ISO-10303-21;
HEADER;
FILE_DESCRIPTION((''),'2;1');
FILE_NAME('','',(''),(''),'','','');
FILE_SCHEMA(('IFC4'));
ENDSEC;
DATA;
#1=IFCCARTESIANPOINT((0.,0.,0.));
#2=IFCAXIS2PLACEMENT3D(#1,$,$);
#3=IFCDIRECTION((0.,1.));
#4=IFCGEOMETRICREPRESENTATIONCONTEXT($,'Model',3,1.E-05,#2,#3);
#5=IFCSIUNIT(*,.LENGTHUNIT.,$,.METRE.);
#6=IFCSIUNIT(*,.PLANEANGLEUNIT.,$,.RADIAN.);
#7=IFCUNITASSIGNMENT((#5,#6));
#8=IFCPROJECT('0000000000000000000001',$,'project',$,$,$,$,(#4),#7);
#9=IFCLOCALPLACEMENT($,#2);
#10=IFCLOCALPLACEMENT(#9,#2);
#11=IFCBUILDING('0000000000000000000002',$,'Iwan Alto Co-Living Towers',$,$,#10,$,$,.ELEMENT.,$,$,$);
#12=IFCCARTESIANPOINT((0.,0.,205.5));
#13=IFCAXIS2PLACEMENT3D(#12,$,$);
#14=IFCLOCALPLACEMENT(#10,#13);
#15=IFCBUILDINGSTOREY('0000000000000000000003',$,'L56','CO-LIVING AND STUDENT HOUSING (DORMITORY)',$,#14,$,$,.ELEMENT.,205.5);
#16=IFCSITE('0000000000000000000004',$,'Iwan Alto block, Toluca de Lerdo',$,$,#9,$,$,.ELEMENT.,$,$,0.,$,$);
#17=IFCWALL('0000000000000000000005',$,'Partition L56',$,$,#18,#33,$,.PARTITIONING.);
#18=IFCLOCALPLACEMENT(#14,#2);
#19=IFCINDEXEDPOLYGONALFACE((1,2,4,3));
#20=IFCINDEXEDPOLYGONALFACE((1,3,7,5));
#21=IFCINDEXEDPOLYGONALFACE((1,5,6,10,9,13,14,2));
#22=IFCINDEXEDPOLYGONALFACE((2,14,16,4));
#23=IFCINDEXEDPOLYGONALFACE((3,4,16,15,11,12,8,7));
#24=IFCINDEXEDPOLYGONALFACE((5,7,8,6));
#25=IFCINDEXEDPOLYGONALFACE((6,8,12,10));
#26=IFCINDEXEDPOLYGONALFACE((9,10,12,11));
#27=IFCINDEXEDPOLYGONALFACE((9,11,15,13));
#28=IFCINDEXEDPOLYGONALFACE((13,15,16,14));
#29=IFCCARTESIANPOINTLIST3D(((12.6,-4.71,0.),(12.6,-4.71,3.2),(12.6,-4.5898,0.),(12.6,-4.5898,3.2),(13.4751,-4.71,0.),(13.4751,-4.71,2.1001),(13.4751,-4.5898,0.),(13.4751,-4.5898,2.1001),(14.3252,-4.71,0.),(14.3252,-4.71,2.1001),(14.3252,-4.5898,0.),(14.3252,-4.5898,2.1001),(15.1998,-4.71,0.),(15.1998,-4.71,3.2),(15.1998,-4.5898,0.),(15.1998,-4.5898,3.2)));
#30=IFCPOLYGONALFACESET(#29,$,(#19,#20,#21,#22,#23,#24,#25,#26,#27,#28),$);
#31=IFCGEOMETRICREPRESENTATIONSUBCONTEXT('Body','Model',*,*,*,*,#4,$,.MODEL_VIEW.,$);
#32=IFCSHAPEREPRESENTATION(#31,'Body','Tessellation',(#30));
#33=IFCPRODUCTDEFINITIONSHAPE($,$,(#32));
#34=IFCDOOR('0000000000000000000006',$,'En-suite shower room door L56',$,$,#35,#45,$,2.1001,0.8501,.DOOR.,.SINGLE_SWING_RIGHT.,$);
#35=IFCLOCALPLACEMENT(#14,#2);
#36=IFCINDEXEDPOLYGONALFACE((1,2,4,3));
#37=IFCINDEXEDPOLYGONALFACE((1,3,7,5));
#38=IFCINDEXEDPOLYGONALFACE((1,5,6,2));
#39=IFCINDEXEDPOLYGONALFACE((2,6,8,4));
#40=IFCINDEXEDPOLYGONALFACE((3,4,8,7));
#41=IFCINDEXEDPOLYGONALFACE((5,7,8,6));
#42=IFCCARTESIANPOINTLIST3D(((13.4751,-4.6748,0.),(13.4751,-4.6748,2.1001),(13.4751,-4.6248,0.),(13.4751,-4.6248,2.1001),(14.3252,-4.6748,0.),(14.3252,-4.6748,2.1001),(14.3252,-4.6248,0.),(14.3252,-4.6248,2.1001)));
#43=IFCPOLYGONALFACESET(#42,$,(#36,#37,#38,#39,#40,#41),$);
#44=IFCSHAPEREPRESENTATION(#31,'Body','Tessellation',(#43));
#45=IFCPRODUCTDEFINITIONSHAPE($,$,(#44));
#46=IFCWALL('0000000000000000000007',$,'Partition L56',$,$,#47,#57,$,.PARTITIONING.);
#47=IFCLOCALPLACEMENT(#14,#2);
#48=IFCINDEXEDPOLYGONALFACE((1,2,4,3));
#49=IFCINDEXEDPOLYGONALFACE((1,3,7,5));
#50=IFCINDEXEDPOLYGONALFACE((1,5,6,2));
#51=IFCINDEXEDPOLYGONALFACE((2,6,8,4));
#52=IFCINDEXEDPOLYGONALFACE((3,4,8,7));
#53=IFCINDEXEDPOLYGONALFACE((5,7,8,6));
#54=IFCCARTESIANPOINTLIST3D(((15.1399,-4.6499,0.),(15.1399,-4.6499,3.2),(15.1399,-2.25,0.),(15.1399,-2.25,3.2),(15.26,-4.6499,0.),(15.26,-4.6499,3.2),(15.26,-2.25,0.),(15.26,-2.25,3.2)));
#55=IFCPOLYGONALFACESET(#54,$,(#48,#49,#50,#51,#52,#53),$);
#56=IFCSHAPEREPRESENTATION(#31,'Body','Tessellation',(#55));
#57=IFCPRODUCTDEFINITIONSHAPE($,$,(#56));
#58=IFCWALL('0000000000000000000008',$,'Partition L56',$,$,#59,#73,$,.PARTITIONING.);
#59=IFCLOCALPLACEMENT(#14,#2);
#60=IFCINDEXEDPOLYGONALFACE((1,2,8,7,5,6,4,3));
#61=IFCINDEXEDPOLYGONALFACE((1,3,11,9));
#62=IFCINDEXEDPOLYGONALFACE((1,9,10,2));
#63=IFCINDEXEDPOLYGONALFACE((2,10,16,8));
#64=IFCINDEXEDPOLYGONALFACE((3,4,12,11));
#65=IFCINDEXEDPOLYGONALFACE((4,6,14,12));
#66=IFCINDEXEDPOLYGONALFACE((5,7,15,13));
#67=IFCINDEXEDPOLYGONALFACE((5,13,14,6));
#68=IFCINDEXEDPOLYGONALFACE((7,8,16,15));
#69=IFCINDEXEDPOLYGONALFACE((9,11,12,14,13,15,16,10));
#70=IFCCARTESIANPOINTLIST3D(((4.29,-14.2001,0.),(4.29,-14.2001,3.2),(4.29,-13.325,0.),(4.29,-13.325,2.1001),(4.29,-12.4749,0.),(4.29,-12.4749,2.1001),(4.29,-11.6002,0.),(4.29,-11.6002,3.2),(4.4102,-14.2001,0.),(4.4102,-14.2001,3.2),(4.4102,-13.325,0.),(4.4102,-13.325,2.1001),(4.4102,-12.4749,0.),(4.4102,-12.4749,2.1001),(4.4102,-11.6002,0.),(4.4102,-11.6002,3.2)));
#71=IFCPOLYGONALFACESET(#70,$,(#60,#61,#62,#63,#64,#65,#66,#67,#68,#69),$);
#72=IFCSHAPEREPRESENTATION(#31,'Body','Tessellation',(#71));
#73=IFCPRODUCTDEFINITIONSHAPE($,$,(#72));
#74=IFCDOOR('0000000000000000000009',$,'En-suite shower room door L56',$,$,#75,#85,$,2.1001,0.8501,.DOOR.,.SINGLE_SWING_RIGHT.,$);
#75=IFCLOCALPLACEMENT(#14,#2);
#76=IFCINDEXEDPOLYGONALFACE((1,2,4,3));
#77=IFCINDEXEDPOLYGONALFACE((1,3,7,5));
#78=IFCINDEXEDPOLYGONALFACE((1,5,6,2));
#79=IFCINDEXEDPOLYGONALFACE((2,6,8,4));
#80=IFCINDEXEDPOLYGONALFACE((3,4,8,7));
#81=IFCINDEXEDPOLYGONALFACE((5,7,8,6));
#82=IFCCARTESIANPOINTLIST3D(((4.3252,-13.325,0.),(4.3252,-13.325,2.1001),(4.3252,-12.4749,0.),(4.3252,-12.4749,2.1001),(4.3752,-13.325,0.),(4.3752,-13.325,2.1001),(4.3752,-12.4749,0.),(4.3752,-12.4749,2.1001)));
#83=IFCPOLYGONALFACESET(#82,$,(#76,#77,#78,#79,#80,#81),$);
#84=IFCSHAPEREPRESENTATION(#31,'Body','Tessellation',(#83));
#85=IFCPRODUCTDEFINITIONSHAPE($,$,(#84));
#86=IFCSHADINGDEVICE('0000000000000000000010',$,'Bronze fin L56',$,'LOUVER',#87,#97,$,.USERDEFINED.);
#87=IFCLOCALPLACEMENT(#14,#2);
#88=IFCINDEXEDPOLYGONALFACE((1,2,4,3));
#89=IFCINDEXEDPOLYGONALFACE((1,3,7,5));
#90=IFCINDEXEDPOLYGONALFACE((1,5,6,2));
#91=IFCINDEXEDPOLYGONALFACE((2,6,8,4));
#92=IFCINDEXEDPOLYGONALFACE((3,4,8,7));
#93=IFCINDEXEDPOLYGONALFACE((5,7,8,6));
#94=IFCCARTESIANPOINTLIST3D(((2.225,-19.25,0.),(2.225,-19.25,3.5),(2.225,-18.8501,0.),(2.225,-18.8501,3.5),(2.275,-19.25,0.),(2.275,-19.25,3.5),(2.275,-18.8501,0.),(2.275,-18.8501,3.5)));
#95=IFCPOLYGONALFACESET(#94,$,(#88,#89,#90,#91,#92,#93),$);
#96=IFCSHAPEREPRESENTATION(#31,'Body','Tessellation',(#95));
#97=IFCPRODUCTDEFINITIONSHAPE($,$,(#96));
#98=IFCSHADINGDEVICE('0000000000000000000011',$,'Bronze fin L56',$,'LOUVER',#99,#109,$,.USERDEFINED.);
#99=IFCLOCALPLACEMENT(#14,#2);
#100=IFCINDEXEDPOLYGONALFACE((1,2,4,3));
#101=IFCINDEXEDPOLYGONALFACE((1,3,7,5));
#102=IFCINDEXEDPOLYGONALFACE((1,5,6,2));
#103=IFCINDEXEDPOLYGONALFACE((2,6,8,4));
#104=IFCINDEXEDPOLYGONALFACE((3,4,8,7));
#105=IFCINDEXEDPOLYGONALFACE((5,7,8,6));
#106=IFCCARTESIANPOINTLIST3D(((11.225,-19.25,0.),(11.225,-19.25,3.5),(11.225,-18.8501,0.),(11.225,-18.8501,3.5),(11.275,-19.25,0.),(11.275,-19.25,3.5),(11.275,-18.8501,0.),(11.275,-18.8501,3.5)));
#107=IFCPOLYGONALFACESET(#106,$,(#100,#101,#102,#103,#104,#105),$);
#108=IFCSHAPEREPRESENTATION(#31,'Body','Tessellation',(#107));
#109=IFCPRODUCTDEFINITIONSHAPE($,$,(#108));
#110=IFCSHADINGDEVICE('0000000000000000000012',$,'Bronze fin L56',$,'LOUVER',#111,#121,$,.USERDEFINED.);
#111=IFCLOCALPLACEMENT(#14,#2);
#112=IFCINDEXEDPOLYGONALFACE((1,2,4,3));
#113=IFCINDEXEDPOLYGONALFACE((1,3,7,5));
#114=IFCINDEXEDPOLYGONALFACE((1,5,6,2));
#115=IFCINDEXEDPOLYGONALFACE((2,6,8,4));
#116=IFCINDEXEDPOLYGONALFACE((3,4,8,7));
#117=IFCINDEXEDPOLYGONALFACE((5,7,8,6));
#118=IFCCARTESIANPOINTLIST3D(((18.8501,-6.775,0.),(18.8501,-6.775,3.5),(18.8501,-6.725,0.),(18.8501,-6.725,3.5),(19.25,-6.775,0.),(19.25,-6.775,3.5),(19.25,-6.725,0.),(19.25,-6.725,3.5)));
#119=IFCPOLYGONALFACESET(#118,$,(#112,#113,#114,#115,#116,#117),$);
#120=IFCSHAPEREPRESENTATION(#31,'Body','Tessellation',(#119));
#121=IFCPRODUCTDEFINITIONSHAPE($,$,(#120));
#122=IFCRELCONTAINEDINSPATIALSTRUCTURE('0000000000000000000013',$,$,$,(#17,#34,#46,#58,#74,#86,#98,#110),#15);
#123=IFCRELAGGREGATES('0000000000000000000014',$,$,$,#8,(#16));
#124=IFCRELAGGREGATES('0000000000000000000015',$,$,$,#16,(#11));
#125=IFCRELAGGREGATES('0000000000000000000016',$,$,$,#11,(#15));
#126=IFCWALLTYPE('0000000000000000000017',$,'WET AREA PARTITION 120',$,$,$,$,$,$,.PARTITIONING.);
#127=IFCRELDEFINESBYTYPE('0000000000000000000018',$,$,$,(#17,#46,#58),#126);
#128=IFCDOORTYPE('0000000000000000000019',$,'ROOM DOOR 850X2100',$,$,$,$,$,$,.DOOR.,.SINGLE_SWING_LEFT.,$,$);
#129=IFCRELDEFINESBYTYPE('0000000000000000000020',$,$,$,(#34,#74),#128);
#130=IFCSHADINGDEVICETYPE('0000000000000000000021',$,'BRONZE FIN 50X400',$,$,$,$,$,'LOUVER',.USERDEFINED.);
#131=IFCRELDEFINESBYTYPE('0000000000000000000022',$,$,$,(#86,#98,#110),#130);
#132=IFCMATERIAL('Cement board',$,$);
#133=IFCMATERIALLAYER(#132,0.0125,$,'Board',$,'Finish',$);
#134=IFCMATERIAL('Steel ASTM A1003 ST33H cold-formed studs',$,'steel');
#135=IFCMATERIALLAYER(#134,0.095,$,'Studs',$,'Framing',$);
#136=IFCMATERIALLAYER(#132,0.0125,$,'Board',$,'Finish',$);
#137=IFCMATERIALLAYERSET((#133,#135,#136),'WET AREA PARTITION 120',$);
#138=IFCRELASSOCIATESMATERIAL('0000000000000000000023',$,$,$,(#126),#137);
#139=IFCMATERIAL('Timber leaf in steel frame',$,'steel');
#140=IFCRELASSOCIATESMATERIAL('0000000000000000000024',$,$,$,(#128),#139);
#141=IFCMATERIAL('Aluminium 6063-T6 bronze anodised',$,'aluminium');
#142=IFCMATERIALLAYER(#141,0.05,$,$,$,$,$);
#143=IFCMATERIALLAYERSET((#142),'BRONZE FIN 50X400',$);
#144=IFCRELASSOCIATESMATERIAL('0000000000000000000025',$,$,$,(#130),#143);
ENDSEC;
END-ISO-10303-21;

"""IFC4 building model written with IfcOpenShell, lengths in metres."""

from ifc_helpers import new_model, si_unit, direction, frame, frame_2d, origin, origin_2d, place, context, subcontext, project, spatial, rectangle, extrude, material, layer, layer_set, type_object, element, fill, save


model = new_model("IFC4")

# Units and contexts
model_context = context("Model", 3, precision=1e-05, world=origin(), true_north=direction((0.0, 1.0)))
body_context = subcontext(model_context, "Body", "Model", "MODEL_VIEW")
ifc_project = project(units=[si_unit("LENGTHUNIT", "METRE"), si_unit("PLANEANGLEUNIT", "RADIAN")], contexts=[model_context])

# Site, building, storey
site_placement = place(None, origin())
site = spatial("IfcSite", under=ifc_project, at=site_placement, Name="Iwan Alto block, Toluca de Lerdo", CompositionType="ELEMENT", RefElevation=0.0)
building_placement = place(site_placement, origin())
building = spatial("IfcBuilding", under=site, at=building_placement, Name="Iwan Alto Co-Living Towers", CompositionType="ELEMENT")
storey_placement = place(building_placement, frame((0.0, 0.0, 205.5)))
storey = spatial("IfcBuildingStorey", under=building, at=storey_placement, Name="L56", Description="CO-LIVING AND STUDENT HOUSING (DORMITORY)", CompositionType="ELEMENT", Elevation=205.5)

# Shared definitions
ifc_material_1 = material(Name="Steel ASTM A1003 ST33H cold-formed studs", Category="steel")

# Shared definitions
ifc_material_2 = material(Name="Cement board")
ifc_layer_1 = layer(ifc_material_2, 0.0125, Name="Board", Category="Finish")
ifc_layer_2 = layer(ifc_material_1, 0.095, Name="Studs", Category="Framing")
ifc_layer_3 = layer(ifc_material_2, 0.0125, Name="Board", Category="Finish")
ifc_layer_set_1 = layer_set([ifc_layer_1, ifc_layer_2, ifc_layer_3], Name="WET AREA PARTITION 120")
wall_type_1 = type_object("IfcWallType", Name="WET AREA PARTITION 120", PredefinedType="PARTITIONING", material=ifc_layer_set_1)

# Wall, opening, door
wall_1_placement = place(storey_placement, frame((12.6001, -4.6499, 0.0), z_axis=(0.0, 0.0, 1.0), x_axis=(1.0, 0.0, 0.0)))
wall_1 = element("IfcWall", 1, at=wall_1_placement, inside=storey, type_object=wall_type_1, Name="Partition L56", PredefinedType="PARTITIONING", context=body_context, shape_type="SweptSolid", body=[
    extrude(rectangle(XDim=2.5999, YDim=0.1201, at=frame_2d((1.2998, 0.0))), origin(), (0.0, 0.0, 1.0), 3.2),
])
opening_1_placement = place(wall_1_placement, frame((0.875, 0.0, 0.0)))
opening_1 = element("IfcOpeningElement", 2, at=opening_1_placement, cuts=wall_1, PredefinedType="OPENING", context=body_context, shape_type="SweptSolid", body=[
    extrude(rectangle(XDim=0.8501, YDim=2.1001, at=frame_2d((0.425, 1.05))), frame((0.0, 0.0701, 0.0), z_axis=(0.0, -1.0, 0.0), x_axis=(1.0, 0.0, 0.0)), (0.0, 0.0, 1.0), 0.1401),
])
ifc_material_3 = material(Name="Timber leaf in steel frame", Category="steel")
door_type_1 = type_object("IfcDoorType", Name="ROOM DOOR 850X2100", OperationType="SINGLE_SWING_LEFT", PredefinedType="DOOR", material=ifc_material_3)
door_1_placement = place(opening_1_placement, frame((0.8501, 0.0, 0.0), z_axis=(0.0, 0.0, 1.0), x_axis=(-1.0, 0.0, 0.0)))
door_1 = element("IfcDoor", 3, at=door_1_placement, inside=storey, type_object=door_type_1, Name="En-suite shower room door L56", OperationType="SINGLE_SWING_RIGHT", OverallHeight=2.1001, OverallWidth=0.8501, PredefinedType="DOOR", context=body_context, shape_type="SweptSolid", body=[
    extrude(rectangle(XDim=0.8501, YDim=2.1001, at=frame_2d((0.425, 1.05))), frame((0.0, 0.0249, 0.0), z_axis=(0.0, -1.0, 0.0), x_axis=(1.0, 0.0, 0.0)), (0.0, 0.0, 1.0), 0.05),
])
fill(opening_1, door_1)

# Wall
wall_2_placement = place(storey_placement, frame((15.2, -4.6499, 0.0), z_axis=(0.0, 0.0, 1.0), x_axis=(0.0, 1.0, 0.0)))
element("IfcWall", 4, at=wall_2_placement, inside=storey, type_object=wall_type_1, Name="Partition L56", PredefinedType="PARTITIONING", context=body_context, shape_type="SweptSolid", body=[
    extrude(rectangle(XDim=2.3999, YDim=0.1201, at=frame_2d((1.2, 0.0))), origin(), (0.0, 0.0, 1.0), 3.2),
])

# Wall, opening, door
wall_3_placement = place(storey_placement, frame((4.3501, -14.2, 0.0), z_axis=(0.0, 0.0, 1.0), x_axis=(0.0, 1.0, 0.0)))
wall_3 = element("IfcWall", 5, at=wall_3_placement, inside=storey, type_object=wall_type_1, Name="Partition L56", PredefinedType="PARTITIONING", context=body_context, shape_type="SweptSolid", body=[
    extrude(rectangle(XDim=2.5999, YDim=0.1201, at=frame_2d((1.2998, 0.0))), origin(), (0.0, 0.0, 1.0), 3.2),
])
opening_2_placement = place(wall_3_placement, frame((0.875, 0.0, 0.0)))
opening_2 = element("IfcOpeningElement", 6, at=opening_2_placement, cuts=wall_3, PredefinedType="OPENING", context=body_context, shape_type="SweptSolid", body=[
    extrude(rectangle(XDim=0.8501, YDim=2.1001, at=frame_2d((0.425, 1.05))), frame((0.0, 0.0701, 0.0), z_axis=(0.0, -1.0, 0.0), x_axis=(1.0, 0.0, 0.0)), (0.0, 0.0, 1.0), 0.1401),
])
door_2_placement = place(opening_2_placement, origin())
door_2 = element("IfcDoor", 7, at=door_2_placement, inside=storey, type_object=door_type_1, Name="En-suite shower room door L56", OperationType="SINGLE_SWING_RIGHT", OverallHeight=2.1001, OverallWidth=0.8501, PredefinedType="DOOR", context=body_context, shape_type="SweptSolid", body=[
    extrude(rectangle(XDim=0.8501, YDim=2.1001, at=frame_2d((0.425, 1.05))), frame((0.0, 0.0249, 0.0), z_axis=(0.0, -1.0, 0.0), x_axis=(1.0, 0.0, 0.0)), (0.0, 0.0, 1.0), 0.05),
])
fill(opening_2, door_2)

# Shading devices
ifc_material_4 = material(Name="Aluminium 6063-T6 bronze anodised", Category="aluminium")
ifc_layer_4 = layer(ifc_material_4, 0.05)
ifc_layer_set_2 = layer_set([ifc_layer_4], Name="BRONZE FIN 50X400")
shading_device_type = type_object("IfcShadingDeviceType", Name="BRONZE FIN 50X400", ElementType="LOUVER", PredefinedType="USERDEFINED", material=ifc_layer_set_2)
for number, where, z_axis, x_axis, name in (
    (8, (2.25, -19.05, 0.0), (0.0, 0.0, 1.0), (1.0, 0.0, 0.0), "Bronze fin L56"),
    (9, (11.25, -19.05, 0.0), (0.0, 0.0, 1.0), (1.0, 0.0, 0.0), "Bronze fin L56"),
    (10, (19.05, -6.75, 0.0), (0.0, 0.0, 1.0), (0.0, 1.0, 0.0), "Bronze fin L56"),
):
    element("IfcShadingDevice", number, at=place(storey_placement, frame(where, z_axis=z_axis, x_axis=x_axis)), inside=storey, type_object=shading_device_type, Name=name, ObjectType="LOUVER", PredefinedType="USERDEFINED", context=body_context, shape_type="SweptSolid", body=[
        extrude(rectangle(XDim=0.05, YDim=0.3999, at=origin_2d()), origin(), (0.0, 0.0, 1.0), 3.5),
    ])

save(model, "model.ifc")
